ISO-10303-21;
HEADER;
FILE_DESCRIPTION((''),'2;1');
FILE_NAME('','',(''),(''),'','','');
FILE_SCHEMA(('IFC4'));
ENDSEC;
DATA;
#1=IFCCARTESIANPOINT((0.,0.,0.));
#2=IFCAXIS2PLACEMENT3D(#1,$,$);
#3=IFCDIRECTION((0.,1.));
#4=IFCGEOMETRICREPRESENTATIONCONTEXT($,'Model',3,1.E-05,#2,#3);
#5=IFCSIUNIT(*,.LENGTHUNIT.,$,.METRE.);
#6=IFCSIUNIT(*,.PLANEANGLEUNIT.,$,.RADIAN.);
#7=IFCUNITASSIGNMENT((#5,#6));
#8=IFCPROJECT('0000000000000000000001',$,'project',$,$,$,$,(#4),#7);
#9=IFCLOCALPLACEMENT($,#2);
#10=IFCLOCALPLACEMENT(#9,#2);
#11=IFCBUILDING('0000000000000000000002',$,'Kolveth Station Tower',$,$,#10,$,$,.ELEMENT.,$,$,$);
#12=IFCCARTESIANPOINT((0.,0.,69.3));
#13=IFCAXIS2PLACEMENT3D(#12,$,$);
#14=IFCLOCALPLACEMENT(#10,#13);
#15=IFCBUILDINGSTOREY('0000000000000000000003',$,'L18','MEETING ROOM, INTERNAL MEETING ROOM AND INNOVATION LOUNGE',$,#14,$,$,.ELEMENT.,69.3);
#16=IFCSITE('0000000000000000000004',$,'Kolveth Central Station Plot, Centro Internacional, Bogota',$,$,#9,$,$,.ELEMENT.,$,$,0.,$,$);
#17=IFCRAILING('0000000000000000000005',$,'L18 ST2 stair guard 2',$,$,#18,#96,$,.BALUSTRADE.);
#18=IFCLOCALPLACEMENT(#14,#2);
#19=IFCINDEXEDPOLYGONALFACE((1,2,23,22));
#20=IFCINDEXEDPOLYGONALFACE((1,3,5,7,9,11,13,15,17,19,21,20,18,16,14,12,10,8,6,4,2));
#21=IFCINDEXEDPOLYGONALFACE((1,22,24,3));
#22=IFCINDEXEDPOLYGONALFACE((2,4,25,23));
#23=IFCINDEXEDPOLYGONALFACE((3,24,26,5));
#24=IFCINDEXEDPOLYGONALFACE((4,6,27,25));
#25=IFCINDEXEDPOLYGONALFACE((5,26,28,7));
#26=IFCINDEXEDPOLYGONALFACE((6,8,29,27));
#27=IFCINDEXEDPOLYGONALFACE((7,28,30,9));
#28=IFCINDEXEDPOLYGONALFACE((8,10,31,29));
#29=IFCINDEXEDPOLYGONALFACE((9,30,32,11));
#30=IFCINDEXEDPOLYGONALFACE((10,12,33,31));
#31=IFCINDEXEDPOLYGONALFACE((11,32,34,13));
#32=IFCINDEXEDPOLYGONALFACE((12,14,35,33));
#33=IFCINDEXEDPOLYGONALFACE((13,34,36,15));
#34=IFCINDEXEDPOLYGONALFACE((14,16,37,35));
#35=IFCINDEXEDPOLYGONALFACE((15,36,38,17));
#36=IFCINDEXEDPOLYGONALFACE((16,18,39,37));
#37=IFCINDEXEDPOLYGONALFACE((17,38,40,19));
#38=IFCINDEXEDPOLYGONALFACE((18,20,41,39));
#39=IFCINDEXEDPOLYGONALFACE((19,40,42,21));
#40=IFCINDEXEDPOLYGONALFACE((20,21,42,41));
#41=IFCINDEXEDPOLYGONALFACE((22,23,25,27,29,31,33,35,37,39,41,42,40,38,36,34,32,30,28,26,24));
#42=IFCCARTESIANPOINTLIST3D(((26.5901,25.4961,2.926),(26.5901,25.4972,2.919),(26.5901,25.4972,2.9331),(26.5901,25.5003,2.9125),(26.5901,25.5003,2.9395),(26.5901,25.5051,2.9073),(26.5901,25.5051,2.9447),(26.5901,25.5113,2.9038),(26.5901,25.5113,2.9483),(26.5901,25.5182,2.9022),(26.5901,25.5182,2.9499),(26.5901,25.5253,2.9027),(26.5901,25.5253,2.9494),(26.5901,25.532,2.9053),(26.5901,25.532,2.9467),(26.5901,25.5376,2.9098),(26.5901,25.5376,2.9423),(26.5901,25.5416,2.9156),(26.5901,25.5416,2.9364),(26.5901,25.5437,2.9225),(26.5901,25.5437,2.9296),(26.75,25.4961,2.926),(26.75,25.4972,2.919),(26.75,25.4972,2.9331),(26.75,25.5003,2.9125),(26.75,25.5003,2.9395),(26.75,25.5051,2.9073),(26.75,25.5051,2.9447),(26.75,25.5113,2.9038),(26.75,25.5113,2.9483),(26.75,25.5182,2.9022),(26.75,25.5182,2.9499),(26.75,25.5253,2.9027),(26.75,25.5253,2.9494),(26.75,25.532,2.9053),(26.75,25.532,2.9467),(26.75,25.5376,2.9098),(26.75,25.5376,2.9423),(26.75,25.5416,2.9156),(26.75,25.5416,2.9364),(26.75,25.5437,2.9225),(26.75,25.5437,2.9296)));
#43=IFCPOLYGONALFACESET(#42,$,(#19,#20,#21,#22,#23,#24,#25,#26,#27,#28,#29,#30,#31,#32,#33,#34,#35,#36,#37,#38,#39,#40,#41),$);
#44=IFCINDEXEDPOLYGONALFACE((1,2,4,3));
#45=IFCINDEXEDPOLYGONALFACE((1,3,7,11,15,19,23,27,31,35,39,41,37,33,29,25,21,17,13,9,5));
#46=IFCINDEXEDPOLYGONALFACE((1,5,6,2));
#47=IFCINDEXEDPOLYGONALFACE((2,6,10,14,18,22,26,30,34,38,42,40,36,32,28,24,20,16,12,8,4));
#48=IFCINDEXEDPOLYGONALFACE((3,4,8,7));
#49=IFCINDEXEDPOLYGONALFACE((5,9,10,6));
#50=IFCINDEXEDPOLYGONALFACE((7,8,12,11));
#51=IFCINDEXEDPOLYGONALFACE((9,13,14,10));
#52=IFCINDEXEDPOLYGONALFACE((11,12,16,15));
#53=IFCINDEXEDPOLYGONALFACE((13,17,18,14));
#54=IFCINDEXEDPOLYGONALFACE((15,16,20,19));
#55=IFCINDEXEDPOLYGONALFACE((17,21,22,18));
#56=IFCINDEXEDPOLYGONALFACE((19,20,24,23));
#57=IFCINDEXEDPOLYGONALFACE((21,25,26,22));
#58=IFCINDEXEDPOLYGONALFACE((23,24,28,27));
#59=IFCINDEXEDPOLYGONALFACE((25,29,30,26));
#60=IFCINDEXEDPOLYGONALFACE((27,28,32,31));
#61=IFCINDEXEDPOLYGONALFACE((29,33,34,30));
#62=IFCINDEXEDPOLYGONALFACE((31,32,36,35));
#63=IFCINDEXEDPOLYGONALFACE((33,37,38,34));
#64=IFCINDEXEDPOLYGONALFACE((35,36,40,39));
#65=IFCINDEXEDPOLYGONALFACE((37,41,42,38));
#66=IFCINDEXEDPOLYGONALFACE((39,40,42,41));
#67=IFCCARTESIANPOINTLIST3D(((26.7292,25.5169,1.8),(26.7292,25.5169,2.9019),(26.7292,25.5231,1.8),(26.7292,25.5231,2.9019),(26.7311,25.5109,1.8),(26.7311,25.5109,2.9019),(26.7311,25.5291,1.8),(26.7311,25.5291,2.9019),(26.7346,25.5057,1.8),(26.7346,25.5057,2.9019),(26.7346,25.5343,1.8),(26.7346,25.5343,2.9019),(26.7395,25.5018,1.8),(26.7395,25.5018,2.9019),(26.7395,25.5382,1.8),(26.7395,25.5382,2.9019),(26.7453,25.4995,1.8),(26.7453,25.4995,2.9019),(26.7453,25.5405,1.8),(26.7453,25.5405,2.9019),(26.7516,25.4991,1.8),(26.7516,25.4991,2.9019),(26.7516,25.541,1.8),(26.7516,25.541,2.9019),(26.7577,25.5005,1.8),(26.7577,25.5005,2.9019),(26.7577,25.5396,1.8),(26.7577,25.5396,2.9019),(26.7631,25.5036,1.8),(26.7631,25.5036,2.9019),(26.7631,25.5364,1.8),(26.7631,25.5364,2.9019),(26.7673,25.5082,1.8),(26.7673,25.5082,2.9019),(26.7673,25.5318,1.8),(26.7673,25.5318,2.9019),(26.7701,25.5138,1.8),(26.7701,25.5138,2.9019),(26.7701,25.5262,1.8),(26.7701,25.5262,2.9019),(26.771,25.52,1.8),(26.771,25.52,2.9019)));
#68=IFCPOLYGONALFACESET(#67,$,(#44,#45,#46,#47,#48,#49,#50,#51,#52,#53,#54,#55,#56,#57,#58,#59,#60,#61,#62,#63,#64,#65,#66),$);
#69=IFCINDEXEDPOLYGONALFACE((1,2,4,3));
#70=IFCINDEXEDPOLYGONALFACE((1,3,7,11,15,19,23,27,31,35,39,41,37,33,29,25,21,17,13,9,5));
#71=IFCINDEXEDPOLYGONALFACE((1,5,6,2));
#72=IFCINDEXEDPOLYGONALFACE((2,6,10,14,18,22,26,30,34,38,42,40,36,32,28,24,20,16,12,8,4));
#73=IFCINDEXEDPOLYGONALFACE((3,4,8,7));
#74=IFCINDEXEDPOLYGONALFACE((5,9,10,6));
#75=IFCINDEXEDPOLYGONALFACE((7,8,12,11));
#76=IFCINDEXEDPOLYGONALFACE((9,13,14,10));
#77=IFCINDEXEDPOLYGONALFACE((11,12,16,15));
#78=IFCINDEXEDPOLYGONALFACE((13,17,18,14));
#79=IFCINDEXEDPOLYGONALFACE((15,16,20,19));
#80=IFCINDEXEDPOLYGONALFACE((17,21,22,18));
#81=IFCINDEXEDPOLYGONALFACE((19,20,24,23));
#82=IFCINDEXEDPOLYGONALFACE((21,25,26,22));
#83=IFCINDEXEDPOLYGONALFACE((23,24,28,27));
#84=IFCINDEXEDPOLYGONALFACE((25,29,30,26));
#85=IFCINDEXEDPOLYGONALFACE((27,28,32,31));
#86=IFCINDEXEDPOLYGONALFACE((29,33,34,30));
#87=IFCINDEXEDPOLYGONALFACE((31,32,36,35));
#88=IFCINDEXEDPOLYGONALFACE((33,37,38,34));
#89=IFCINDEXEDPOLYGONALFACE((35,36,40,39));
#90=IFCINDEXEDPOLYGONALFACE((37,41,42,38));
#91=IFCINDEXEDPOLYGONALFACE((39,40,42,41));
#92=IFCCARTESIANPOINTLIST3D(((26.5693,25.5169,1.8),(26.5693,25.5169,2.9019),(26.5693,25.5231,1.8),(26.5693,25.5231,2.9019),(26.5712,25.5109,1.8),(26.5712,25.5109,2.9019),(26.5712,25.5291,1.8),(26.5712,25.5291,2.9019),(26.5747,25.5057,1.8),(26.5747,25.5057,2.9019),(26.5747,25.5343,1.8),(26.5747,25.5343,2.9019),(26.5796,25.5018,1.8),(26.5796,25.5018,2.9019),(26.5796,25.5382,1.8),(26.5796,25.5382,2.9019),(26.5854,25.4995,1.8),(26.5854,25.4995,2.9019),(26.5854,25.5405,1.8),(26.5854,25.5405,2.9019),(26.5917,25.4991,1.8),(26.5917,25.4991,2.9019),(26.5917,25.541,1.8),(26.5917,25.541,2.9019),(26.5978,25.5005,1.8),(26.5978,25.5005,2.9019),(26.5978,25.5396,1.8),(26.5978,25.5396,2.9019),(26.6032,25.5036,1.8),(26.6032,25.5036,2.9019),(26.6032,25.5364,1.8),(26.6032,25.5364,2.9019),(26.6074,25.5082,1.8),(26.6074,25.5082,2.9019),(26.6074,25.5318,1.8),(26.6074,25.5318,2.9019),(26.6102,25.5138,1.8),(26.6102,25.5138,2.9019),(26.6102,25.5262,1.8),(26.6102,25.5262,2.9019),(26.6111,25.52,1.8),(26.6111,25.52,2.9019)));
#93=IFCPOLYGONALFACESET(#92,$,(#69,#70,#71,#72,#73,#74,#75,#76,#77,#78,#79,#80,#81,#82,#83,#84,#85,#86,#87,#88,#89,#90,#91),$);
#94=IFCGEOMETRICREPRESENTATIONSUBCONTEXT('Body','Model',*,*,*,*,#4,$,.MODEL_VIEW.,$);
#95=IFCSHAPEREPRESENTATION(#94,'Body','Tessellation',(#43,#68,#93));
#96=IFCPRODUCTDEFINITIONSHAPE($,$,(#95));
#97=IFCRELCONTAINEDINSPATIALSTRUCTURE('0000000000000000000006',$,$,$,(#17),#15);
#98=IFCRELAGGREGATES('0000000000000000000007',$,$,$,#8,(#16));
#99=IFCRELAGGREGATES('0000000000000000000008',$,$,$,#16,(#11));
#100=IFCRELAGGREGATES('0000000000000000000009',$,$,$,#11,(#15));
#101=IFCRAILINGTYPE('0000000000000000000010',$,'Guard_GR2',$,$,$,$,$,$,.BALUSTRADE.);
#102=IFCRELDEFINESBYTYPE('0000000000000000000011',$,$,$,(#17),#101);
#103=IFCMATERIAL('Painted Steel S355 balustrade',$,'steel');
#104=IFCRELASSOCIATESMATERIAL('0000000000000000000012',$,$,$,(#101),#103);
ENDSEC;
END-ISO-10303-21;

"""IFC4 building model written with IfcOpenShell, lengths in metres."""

from ifc_helpers import new_model, si_unit, direction, frame, origin, origin_2d, place, context, subcontext, project, spatial, circle, extrude, material, type_object, element, save


model = new_model("IFC4")

# Units and contexts
model_context = context("Model", 3, precision=1e-05, world=origin(), true_north=direction((0.0, 1.0)))
body_context = subcontext(model_context, "Body", "Model", "MODEL_VIEW")
ifc_project = project(units=[si_unit("LENGTHUNIT", "METRE"), si_unit("PLANEANGLEUNIT", "RADIAN")], contexts=[model_context])

# Site, building, storey
site_placement = place(None, origin())
site = spatial("IfcSite", under=ifc_project, at=site_placement, Name="Kolveth Central Station Plot, Centro Internacional, Bogota", CompositionType="ELEMENT", RefElevation=0.0)
building_placement = place(site_placement, origin())
building = spatial("IfcBuilding", under=site, at=building_placement, Name="Kolveth Station Tower", CompositionType="ELEMENT")
storey_placement = place(building_placement, frame((0.0, 0.0, 69.3)))
storey = spatial("IfcBuildingStorey", under=building, at=storey_placement, Name="L18", Description="MEETING ROOM, INTERNAL MEETING ROOM AND INNOVATION LOUNGE", CompositionType="ELEMENT", Elevation=69.3)

# Railing
ifc_material_1 = material(Name="Painted Steel S355 balustrade", Category="steel")
railing_type_1 = type_object("IfcRailingType", Name="Guard_GR2", PredefinedType="BALUSTRADE", material=ifc_material_1)
railing_1_placement = place(storey_placement, frame((26.75, 25.52, 1.8)))
element("IfcRailing", 1, at=railing_1_placement, inside=storey, type_object=railing_type_1, Name="L18 ST2 stair guard 2", PredefinedType="BALUSTRADE", context=body_context, shape_type="SweptSolid", body=[
    extrude(circle(Radius=0.0239, at=origin_2d()), frame((0.0, 0.0, 1.126), z_axis=(-1.0, 0.0, 0.0), x_axis=(0.0, -1.0, 0.0)), (0.0, 0.0, 1.0), 0.1599),
    extrude(circle(Radius=0.021, at=origin_2d()), origin(), (0.0, 0.0, 1.0), 1.1018),
    extrude(circle(Radius=0.021, at=origin_2d()), frame((-0.1599, 0.0, 0.0)), (0.0, 0.0, 1.0), 1.1018),
])

save(model, "model.ifc")
